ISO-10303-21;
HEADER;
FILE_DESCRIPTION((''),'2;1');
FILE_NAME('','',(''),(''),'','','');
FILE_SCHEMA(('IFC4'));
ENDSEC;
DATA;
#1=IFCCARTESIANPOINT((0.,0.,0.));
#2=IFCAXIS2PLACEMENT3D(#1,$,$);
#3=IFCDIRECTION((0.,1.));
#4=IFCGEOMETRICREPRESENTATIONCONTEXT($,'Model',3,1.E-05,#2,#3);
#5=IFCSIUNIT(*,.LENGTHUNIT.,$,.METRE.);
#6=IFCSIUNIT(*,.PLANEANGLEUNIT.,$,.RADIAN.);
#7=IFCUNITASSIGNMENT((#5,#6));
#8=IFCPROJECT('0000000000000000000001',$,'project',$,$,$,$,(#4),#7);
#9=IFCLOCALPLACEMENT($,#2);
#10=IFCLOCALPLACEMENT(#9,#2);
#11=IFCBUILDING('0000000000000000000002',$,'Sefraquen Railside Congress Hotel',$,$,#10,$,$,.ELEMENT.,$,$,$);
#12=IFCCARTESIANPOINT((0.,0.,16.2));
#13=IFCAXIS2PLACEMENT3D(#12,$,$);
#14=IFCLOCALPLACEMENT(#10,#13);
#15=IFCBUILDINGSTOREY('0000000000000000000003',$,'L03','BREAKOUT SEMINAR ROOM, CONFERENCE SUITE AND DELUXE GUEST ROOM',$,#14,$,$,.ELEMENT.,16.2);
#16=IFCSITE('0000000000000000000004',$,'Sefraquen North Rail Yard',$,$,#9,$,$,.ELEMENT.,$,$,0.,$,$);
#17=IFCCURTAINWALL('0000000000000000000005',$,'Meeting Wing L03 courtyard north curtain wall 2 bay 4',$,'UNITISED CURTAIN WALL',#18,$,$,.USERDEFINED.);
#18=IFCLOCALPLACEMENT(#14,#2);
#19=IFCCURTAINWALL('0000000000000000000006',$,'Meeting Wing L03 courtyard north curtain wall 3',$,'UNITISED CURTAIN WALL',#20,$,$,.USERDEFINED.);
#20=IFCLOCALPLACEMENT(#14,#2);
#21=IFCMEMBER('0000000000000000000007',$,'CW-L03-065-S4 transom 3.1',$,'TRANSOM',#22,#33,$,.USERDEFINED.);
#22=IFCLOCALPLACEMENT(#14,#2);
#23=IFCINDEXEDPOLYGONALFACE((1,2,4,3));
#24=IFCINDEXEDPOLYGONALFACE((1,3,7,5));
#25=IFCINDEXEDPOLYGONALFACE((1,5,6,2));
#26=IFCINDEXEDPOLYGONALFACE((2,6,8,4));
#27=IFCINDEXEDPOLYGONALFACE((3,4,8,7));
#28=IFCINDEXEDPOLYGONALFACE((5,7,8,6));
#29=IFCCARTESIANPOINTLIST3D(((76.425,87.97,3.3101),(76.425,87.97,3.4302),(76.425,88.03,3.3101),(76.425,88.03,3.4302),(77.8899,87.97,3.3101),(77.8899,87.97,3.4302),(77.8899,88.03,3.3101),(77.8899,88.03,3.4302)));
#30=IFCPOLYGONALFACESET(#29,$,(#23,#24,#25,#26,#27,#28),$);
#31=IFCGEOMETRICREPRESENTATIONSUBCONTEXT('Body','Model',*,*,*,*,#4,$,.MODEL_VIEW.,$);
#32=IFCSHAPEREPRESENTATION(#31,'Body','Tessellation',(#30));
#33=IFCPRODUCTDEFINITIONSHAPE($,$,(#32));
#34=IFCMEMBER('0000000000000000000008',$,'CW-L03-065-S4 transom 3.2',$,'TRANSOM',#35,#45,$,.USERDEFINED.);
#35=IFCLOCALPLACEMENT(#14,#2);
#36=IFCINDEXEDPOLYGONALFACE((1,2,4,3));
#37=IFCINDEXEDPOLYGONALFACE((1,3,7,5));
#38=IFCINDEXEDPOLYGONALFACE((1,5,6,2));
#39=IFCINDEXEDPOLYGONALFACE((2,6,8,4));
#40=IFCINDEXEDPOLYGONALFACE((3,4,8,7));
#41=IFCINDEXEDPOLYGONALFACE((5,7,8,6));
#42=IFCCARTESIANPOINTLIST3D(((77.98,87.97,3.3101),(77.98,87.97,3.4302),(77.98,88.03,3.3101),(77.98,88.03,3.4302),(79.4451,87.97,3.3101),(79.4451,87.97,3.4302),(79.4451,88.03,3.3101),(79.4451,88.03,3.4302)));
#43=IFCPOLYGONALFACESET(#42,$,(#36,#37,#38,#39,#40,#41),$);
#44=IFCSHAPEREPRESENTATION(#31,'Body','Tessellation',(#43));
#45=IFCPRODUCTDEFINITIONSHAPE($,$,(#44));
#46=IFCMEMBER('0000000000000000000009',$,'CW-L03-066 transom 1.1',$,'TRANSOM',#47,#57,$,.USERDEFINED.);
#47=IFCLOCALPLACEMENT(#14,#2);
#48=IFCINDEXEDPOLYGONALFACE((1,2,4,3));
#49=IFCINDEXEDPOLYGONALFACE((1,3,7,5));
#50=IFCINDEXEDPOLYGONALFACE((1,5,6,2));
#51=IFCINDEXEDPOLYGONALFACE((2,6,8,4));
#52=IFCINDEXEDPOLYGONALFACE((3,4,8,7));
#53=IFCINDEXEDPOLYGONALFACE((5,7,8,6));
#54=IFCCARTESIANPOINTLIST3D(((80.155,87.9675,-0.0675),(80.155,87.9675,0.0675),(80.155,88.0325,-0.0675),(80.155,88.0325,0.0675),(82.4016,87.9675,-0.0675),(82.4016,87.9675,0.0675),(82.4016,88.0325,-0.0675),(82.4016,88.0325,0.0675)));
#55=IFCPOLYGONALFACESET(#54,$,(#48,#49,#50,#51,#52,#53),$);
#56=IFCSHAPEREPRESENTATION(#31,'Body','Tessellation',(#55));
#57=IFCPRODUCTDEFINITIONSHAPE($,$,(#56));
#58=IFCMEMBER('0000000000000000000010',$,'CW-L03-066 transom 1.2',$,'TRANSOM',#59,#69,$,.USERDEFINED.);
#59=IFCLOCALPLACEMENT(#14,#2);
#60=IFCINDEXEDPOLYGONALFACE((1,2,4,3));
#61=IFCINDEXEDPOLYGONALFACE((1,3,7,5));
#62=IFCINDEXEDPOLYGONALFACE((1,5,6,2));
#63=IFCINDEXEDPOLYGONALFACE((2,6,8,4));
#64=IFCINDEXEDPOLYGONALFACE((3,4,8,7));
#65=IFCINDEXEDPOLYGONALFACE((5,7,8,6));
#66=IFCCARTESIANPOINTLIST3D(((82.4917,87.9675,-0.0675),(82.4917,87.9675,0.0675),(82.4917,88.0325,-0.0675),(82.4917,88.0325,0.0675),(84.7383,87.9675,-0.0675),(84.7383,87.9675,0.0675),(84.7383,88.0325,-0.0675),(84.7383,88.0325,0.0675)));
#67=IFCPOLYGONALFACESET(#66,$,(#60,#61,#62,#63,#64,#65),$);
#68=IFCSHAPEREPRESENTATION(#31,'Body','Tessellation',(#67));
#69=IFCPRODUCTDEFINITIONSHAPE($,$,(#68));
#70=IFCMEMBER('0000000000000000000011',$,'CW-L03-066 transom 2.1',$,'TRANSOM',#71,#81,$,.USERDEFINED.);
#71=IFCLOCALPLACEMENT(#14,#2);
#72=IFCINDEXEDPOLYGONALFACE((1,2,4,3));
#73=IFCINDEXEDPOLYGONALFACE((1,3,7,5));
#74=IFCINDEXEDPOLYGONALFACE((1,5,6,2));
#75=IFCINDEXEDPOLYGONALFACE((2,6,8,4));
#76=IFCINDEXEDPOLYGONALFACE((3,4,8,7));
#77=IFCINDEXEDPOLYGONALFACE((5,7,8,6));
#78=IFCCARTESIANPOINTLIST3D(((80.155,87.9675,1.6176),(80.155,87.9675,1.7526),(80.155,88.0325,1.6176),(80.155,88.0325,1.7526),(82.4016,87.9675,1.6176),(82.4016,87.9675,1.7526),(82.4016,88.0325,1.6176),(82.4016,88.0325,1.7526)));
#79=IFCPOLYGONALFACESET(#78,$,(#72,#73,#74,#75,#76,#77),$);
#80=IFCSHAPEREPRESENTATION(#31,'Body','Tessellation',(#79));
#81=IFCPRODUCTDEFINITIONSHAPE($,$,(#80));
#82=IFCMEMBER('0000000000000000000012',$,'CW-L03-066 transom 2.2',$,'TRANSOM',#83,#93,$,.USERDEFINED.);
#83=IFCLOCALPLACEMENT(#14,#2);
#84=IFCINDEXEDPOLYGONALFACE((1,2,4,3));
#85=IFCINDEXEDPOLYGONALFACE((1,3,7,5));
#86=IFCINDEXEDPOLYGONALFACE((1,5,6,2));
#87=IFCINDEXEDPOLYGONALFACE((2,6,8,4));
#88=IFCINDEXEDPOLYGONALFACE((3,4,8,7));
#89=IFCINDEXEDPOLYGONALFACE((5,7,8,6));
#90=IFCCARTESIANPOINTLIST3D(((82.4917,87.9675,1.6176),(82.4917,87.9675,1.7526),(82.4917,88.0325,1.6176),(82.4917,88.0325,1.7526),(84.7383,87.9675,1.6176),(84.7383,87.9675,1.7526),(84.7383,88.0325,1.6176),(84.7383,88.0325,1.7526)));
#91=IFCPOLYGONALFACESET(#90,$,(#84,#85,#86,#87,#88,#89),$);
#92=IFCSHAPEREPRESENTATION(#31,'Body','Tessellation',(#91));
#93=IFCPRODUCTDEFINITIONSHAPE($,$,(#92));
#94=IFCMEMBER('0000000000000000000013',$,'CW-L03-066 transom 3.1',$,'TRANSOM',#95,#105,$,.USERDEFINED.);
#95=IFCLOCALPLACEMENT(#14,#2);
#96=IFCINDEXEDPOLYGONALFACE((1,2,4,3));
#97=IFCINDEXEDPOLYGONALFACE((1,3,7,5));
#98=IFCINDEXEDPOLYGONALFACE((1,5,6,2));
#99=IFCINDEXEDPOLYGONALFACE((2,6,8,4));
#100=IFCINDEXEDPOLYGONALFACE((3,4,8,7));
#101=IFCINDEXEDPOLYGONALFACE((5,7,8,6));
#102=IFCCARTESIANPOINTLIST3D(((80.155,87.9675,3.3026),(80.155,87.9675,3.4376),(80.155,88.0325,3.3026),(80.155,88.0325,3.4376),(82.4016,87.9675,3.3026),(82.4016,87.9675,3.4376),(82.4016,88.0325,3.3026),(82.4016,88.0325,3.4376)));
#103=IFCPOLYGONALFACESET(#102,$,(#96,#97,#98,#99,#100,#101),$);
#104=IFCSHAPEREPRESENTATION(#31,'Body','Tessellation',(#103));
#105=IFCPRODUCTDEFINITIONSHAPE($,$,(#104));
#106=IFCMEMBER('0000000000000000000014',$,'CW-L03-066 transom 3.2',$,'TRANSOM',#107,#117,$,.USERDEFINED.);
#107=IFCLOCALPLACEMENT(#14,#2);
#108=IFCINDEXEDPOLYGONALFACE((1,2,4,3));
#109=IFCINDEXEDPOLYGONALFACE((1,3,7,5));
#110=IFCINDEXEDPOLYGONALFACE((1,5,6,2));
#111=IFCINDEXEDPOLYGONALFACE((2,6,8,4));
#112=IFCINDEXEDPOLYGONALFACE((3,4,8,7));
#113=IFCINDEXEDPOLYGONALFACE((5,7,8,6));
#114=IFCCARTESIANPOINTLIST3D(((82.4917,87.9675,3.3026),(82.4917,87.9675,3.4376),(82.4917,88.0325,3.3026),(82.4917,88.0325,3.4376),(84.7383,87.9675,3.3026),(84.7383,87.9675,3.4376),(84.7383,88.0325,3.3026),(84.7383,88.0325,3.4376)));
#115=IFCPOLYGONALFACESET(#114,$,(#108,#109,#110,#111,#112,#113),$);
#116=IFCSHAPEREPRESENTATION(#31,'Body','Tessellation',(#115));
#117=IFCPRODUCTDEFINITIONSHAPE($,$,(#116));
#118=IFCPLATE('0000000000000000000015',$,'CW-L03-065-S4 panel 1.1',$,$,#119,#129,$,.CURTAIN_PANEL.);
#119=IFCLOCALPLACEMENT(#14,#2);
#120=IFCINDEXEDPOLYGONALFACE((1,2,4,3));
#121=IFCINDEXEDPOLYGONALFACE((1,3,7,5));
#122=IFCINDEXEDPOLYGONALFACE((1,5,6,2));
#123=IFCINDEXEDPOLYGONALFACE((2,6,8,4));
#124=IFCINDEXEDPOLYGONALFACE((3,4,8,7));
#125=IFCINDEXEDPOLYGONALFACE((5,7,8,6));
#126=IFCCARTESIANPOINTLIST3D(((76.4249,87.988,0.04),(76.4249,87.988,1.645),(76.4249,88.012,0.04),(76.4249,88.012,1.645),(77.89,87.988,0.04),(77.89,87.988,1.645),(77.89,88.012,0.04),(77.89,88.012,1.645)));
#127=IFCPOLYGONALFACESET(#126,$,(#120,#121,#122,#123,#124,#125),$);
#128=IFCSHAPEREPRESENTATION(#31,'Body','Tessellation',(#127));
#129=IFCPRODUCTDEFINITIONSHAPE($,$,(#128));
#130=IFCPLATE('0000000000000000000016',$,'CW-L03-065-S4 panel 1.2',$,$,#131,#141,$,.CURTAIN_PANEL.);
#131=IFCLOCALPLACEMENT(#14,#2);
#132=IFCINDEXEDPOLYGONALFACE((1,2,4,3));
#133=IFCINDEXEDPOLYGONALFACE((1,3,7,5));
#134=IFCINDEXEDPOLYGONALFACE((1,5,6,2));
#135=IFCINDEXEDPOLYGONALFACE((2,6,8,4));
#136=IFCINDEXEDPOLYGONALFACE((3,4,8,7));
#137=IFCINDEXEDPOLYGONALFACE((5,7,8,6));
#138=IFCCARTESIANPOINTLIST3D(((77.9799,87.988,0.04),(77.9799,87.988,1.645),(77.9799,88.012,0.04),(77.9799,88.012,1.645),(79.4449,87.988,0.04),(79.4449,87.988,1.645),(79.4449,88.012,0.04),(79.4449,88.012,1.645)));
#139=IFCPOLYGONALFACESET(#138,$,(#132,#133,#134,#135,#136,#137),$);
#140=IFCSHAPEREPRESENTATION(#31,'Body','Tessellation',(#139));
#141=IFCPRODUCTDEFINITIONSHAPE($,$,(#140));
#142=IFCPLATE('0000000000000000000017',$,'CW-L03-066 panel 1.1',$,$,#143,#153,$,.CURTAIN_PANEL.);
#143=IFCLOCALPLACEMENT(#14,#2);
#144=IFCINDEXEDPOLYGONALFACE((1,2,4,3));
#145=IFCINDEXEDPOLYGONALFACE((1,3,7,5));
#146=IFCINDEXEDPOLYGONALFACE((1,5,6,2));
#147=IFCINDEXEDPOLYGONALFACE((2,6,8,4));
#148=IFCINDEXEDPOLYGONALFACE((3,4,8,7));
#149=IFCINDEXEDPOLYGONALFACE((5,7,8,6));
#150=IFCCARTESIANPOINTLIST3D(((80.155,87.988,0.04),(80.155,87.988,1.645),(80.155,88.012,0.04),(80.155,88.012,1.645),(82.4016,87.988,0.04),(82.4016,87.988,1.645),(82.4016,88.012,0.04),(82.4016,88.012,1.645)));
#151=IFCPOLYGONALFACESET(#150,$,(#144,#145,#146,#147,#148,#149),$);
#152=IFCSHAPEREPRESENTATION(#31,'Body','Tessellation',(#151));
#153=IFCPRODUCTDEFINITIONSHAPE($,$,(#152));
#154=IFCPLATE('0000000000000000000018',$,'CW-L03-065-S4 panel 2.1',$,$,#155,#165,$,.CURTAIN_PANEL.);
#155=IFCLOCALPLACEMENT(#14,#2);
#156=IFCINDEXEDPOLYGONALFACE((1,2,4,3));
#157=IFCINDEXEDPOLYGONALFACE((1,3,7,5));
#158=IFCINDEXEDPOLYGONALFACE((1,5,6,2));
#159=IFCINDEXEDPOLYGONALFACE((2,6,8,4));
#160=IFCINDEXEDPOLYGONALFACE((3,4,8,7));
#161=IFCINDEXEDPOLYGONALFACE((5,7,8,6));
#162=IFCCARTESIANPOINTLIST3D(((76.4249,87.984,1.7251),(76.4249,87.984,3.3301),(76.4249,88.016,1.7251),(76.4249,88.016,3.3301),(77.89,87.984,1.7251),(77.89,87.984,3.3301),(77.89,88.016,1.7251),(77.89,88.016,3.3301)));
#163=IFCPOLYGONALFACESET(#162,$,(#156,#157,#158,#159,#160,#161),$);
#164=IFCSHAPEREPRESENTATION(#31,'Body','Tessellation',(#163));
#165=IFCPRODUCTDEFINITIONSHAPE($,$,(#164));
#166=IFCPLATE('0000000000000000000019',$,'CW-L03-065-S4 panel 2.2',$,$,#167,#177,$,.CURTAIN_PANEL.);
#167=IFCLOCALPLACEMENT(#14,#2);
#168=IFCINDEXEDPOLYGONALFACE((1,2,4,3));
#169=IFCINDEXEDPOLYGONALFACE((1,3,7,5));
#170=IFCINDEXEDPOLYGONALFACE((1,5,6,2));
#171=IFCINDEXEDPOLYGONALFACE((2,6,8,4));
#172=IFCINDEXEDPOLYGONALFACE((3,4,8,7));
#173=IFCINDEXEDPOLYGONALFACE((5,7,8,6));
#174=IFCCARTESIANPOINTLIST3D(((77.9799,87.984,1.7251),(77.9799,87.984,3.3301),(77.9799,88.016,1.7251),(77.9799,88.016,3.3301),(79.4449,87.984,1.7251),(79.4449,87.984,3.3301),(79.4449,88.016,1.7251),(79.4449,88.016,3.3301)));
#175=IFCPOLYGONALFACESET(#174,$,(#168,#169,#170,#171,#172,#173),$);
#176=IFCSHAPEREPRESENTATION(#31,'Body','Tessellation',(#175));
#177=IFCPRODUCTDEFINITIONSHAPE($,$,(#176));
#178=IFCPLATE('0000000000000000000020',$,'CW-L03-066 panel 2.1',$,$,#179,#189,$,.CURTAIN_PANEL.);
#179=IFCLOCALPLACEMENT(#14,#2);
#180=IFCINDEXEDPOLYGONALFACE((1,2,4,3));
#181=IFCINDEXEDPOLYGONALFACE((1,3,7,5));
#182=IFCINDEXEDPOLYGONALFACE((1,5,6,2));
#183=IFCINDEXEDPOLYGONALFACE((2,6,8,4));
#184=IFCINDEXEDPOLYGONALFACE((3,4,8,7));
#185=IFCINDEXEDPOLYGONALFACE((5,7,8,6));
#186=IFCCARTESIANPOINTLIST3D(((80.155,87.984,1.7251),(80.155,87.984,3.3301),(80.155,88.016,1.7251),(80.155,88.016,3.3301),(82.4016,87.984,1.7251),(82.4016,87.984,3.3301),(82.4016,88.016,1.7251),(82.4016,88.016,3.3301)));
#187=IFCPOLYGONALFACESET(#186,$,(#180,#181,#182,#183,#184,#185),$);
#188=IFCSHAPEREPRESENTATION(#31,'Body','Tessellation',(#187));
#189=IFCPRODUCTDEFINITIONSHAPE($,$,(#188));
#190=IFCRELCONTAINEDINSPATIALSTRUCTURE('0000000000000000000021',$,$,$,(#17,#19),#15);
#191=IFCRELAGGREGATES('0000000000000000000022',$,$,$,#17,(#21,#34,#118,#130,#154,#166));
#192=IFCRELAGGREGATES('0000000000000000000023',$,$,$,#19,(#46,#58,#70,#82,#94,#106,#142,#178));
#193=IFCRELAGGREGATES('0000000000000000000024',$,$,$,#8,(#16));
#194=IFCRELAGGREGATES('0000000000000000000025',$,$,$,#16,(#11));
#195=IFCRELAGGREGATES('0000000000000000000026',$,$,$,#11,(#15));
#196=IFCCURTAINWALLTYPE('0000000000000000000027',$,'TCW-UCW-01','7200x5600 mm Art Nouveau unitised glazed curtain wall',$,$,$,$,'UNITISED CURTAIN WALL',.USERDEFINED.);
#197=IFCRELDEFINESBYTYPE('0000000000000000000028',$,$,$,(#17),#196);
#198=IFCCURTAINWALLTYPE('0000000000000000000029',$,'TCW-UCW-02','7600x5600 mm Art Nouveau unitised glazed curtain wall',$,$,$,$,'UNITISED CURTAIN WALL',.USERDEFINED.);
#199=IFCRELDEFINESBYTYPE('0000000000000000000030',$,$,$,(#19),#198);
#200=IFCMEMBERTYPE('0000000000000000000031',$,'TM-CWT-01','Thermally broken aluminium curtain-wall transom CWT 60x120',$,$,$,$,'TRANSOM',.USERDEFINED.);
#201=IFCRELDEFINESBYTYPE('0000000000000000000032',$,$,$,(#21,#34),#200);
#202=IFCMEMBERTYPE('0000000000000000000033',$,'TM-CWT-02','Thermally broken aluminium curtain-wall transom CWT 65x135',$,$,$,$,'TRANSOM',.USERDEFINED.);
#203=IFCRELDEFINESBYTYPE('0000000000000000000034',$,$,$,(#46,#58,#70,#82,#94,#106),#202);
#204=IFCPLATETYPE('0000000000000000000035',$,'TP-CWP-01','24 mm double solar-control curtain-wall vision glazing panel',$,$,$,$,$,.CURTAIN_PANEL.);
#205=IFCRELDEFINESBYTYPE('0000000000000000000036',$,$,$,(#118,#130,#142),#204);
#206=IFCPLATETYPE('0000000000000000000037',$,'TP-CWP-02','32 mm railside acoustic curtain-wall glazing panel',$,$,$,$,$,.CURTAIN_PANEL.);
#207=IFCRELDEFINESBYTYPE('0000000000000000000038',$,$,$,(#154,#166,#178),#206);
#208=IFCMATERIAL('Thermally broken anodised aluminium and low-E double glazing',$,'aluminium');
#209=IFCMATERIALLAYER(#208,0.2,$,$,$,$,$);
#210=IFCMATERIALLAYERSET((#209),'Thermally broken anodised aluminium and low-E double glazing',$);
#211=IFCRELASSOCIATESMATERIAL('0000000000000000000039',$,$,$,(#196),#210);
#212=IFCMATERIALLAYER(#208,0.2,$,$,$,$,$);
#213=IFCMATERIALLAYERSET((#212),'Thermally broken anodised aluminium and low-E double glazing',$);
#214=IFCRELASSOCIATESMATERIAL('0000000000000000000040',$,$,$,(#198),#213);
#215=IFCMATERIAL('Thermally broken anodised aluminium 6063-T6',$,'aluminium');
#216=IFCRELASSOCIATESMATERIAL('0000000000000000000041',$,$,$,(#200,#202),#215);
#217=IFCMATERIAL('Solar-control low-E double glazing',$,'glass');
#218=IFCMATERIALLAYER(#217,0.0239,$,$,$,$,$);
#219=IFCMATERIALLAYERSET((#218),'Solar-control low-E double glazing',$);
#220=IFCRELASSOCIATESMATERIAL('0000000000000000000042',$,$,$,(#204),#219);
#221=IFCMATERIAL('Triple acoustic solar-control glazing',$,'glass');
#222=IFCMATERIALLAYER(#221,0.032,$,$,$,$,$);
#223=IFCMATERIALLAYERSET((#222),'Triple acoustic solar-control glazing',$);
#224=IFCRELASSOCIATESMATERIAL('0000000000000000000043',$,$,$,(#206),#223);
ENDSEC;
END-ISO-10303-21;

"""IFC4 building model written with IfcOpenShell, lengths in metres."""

from ifc_helpers import new_model, si_unit, direction, frame, origin, origin_2d, place, context, subcontext, project, spatial, rectangle, extrude, material, layer, layer_set, material_profile, profile_set, type_object, element, aggregate, save


model = new_model("IFC4")

# Units and contexts
model_context = context("Model", 3, precision=1e-05, world=origin(), true_north=direction((0.0, 1.0)))
body_context = subcontext(model_context, "Body", "Model", "MODEL_VIEW")
ifc_project = project(units=[si_unit("LENGTHUNIT", "METRE"), si_unit("PLANEANGLEUNIT", "RADIAN")], contexts=[model_context])

# Site, building, storey
site_placement = place(None, origin())
site = spatial("IfcSite", under=ifc_project, at=site_placement, Name="Sefraquen North Rail Yard", CompositionType="ELEMENT", RefElevation=0.0)
building_placement = place(site_placement, origin())
building = spatial("IfcBuilding", under=site, at=building_placement, Name="Sefraquen Railside Congress Hotel", CompositionType="ELEMENT")
storey_placement = place(building_placement, frame((0.0, 0.0, 16.2)))
storey = spatial("IfcBuildingStorey", under=building, at=storey_placement, Name="L03", Description="BREAKOUT SEMINAR ROOM, CONFERENCE SUITE AND DELUXE GUEST ROOM", CompositionType="ELEMENT", Elevation=16.2)

# Curtain walls
ifc_material_1 = material(Name="Thermally broken anodised aluminium and low-E double glazing", Category="aluminium")
ifc_layer_1 = layer(ifc_material_1, 0.2)
ifc_layer_set_1 = layer_set([ifc_layer_1], Name="Thermally broken anodised aluminium and low-E double glazing")
curtain_wall_type_1 = type_object("IfcCurtainWallType", Name="TCW-UCW-01", Description="7200x5600 mm Art Nouveau unitised glazed curtain wall", ElementType="UNITISED CURTAIN WALL", PredefinedType="USERDEFINED", material=ifc_layer_set_1)
curtain_wall_1_placement = place(storey_placement, origin())
curtain_wall_1 = element("IfcCurtainWall", 1, at=curtain_wall_1_placement, inside=storey, type_object=curtain_wall_type_1, Name="Meeting Wing L03 courtyard north curtain wall 2 bay 4", ObjectType="UNITISED CURTAIN WALL", PredefinedType="USERDEFINED")
ifc_material_2 = material(Name="Thermally broken anodised aluminium 6063-T6", Category="aluminium")
ifc_layer_2 = layer(ifc_material_1, 0.2)
ifc_layer_set_2 = layer_set([ifc_layer_2], Name="Thermally broken anodised aluminium and low-E double glazing")
curtain_wall_type_2 = type_object("IfcCurtainWallType", Name="TCW-UCW-02", Description="7600x5600 mm Art Nouveau unitised glazed curtain wall", ElementType="UNITISED CURTAIN WALL", PredefinedType="USERDEFINED", material=ifc_layer_set_2)
curtain_wall_2_placement = place(storey_placement, origin())
curtain_wall_2 = element("IfcCurtainWall", 2, at=curtain_wall_2_placement, inside=storey, type_object=curtain_wall_type_2, Name="Meeting Wing L03 courtyard north curtain wall 3", ObjectType="UNITISED CURTAIN WALL", PredefinedType="USERDEFINED")

# Members
ifc_material_profile_1 = material_profile(ifc_material_2, rectangle(XDim=0.0601, YDim=0.1201, at=origin_2d()), Name="CWT 60x120")
ifc_profile_set_1 = profile_set([ifc_material_profile_1], Name="Thermally broken anodised aluminium 6063-T6")
member_type_1 = type_object("IfcMemberType", Name="TM-CWT-01", Description="Thermally broken aluminium curtain-wall transom CWT 60x120", ElementType="TRANSOM", PredefinedType="USERDEFINED", material=ifc_profile_set_1)
member_1_placement = place(storey_placement, frame((76.425, 88.0, 3.3701), z_axis=(1.0, 0.0, 0.0), x_axis=(0.0, 1.0, 0.0)))
member_1 = element("IfcMember", 3, at=member_1_placement, type_object=member_type_1, Name="CW-L03-065-S4 transom 3.1", ObjectType="TRANSOM", PredefinedType="USERDEFINED", context=body_context, shape_type="SweptSolid", body=[
    extrude(rectangle(XDim=0.0601, YDim=0.1201, at=origin_2d()), origin(), (0.0, 0.0, 1.0), 1.4648),
])
member_2_placement = place(storey_placement, frame((77.98, 88.0, 3.3701), z_axis=(1.0, 0.0, 0.0), x_axis=(0.0, 1.0, 0.0)))
member_2 = element("IfcMember", 4, at=member_2_placement, type_object=member_type_1, Name="CW-L03-065-S4 transom 3.2", ObjectType="TRANSOM", PredefinedType="USERDEFINED", context=body_context, shape_type="SweptSolid", body=[
    extrude(rectangle(XDim=0.0601, YDim=0.1201, at=origin_2d()), origin(), (0.0, 0.0, 1.0), 1.4651),
])
ifc_material_profile_2 = material_profile(ifc_material_2, rectangle(XDim=0.0649, YDim=0.135, at=origin_2d()), Name="CWT 65x135")
ifc_profile_set_2 = profile_set([ifc_material_profile_2], Name="Thermally broken anodised aluminium 6063-T6")
member_type_2 = type_object("IfcMemberType", Name="TM-CWT-02", Description="Thermally broken aluminium curtain-wall transom CWT 65x135", ElementType="TRANSOM", PredefinedType="USERDEFINED", material=ifc_profile_set_2)
member_3_placement = place(storey_placement, frame((80.155, 88.0, 0.0), z_axis=(1.0, 0.0, 0.0), x_axis=(0.0, 1.0, 0.0)))
member_3 = element("IfcMember", 5, at=member_3_placement, type_object=member_type_2, Name="CW-L03-066 transom 1.1", ObjectType="TRANSOM", PredefinedType="USERDEFINED", context=body_context, shape_type="SweptSolid", body=[
    extrude(rectangle(XDim=0.0649, YDim=0.135, at=origin_2d()), origin(), (0.0, 0.0, 1.0), 2.2466),
])
member_4_placement = place(storey_placement, frame((82.4917, 88.0, 0.0), z_axis=(1.0, 0.0, 0.0), x_axis=(0.0, 1.0, 0.0)))
member_4 = element("IfcMember", 6, at=member_4_placement, type_object=member_type_2, Name="CW-L03-066 transom 1.2", ObjectType="TRANSOM", PredefinedType="USERDEFINED", context=body_context, shape_type="SweptSolid", body=[
    extrude(rectangle(XDim=0.0649, YDim=0.135, at=origin_2d()), origin(), (0.0, 0.0, 1.0), 2.2466),
])
member_5_placement = place(storey_placement, frame((80.155, 88.0, 1.6851), z_axis=(1.0, 0.0, 0.0), x_axis=(0.0, 1.0, 0.0)))
member_5 = element("IfcMember", 7, at=member_5_placement, type_object=member_type_2, Name="CW-L03-066 transom 2.1", ObjectType="TRANSOM", PredefinedType="USERDEFINED", context=body_context, shape_type="SweptSolid", body=[
    extrude(rectangle(XDim=0.0649, YDim=0.135, at=origin_2d()), origin(), (0.0, 0.0, 1.0), 2.2466),
])
member_6_placement = place(storey_placement, frame((82.4917, 88.0, 1.6851), z_axis=(1.0, 0.0, 0.0), x_axis=(0.0, 1.0, 0.0)))
member_6 = element("IfcMember", 8, at=member_6_placement, type_object=member_type_2, Name="CW-L03-066 transom 2.2", ObjectType="TRANSOM", PredefinedType="USERDEFINED", context=body_context, shape_type="SweptSolid", body=[
    extrude(rectangle(XDim=0.0649, YDim=0.135, at=origin_2d()), origin(), (0.0, 0.0, 1.0), 2.2466),
])
member_7_placement = place(storey_placement, frame((80.155, 88.0, 3.3701), z_axis=(1.0, 0.0, 0.0), x_axis=(0.0, 1.0, 0.0)))
member_7 = element("IfcMember", 9, at=member_7_placement, type_object=member_type_2, Name="CW-L03-066 transom 3.1", ObjectType="TRANSOM", PredefinedType="USERDEFINED", context=body_context, shape_type="SweptSolid", body=[
    extrude(rectangle(XDim=0.0649, YDim=0.135, at=origin_2d()), origin(), (0.0, 0.0, 1.0), 2.2466),
])
member_8_placement = place(storey_placement, frame((82.4917, 88.0, 3.3701), z_axis=(1.0, 0.0, 0.0), x_axis=(0.0, 1.0, 0.0)))
member_8 = element("IfcMember", 10, at=member_8_placement, type_object=member_type_2, Name="CW-L03-066 transom 3.2", ObjectType="TRANSOM", PredefinedType="USERDEFINED", context=body_context, shape_type="SweptSolid", body=[
    extrude(rectangle(XDim=0.0649, YDim=0.135, at=origin_2d()), origin(), (0.0, 0.0, 1.0), 2.2466),
])

# Plates
ifc_material_3 = material(Name="Solar-control low-E double glazing", Category="glass")
ifc_layer_3 = layer(ifc_material_3, 0.0239)
ifc_layer_set_3 = layer_set([ifc_layer_3], Name="Solar-control low-E double glazing")
plate_type_1 = type_object("IfcPlateType", Name="TP-CWP-01", Description="24 mm double solar-control curtain-wall vision glazing panel", PredefinedType="CURTAIN_PANEL", material=ifc_layer_set_3)
plate_1_placement = place(storey_placement, frame((77.1575, 88.0, 0.04), z_axis=(0.0, 0.0, 1.0), x_axis=(1.0, 0.0, 0.0)))
plate_1 = element("IfcPlate", 11, at=plate_1_placement, type_object=plate_type_1, Name="CW-L03-065-S4 panel 1.1", PredefinedType="CURTAIN_PANEL", context=body_context, shape_type="SweptSolid", body=[
    extrude(rectangle(XDim=1.4651, YDim=0.0239, at=origin_2d()), origin(), (0.0, 0.0, 1.0), 1.605),
])
plate_2_placement = place(storey_placement, frame((78.7124, 88.0, 0.04), z_axis=(0.0, 0.0, 1.0), x_axis=(1.0, 0.0, 0.0)))
plate_2 = element("IfcPlate", 12, at=plate_2_placement, type_object=plate_type_1, Name="CW-L03-065-S4 panel 1.2", PredefinedType="CURTAIN_PANEL", context=body_context, shape_type="SweptSolid", body=[
    extrude(rectangle(XDim=1.4651, YDim=0.0239, at=origin_2d()), origin(), (0.0, 0.0, 1.0), 1.605),
])
plate_3_placement = place(storey_placement, frame((81.2783, 88.0, 0.04), z_axis=(0.0, 0.0, 1.0), x_axis=(1.0, 0.0, 0.0)))
plate_3 = element("IfcPlate", 13, at=plate_3_placement, type_object=plate_type_1, Name="CW-L03-066 panel 1.1", PredefinedType="CURTAIN_PANEL", context=body_context, shape_type="SweptSolid", body=[
    extrude(rectangle(XDim=2.2466, YDim=0.0239, at=origin_2d()), origin(), (0.0, 0.0, 1.0), 1.605),
])
ifc_material_4 = material(Name="Triple acoustic solar-control glazing", Category="glass")
ifc_layer_4 = layer(ifc_material_4, 0.032)
ifc_layer_set_4 = layer_set([ifc_layer_4], Name="Triple acoustic solar-control glazing")
plate_type_2 = type_object("IfcPlateType", Name="TP-CWP-02", Description="32 mm railside acoustic curtain-wall glazing panel", PredefinedType="CURTAIN_PANEL", material=ifc_layer_set_4)
plate_4_placement = place(storey_placement, frame((77.1575, 88.0, 1.7251), z_axis=(0.0, 0.0, 1.0), x_axis=(1.0, 0.0, 0.0)))
plate_4 = element("IfcPlate", 14, at=plate_4_placement, type_object=plate_type_2, Name="CW-L03-065-S4 panel 2.1", PredefinedType="CURTAIN_PANEL", context=body_context, shape_type="SweptSolid", body=[
    extrude(rectangle(XDim=1.4651, YDim=0.032, at=origin_2d()), origin(), (0.0, 0.0, 1.0), 1.605),
])
plate_5_placement = place(storey_placement, frame((78.7124, 88.0, 1.7251), z_axis=(0.0, 0.0, 1.0), x_axis=(1.0, 0.0, 0.0)))
plate_5 = element("IfcPlate", 15, at=plate_5_placement, type_object=plate_type_2, Name="CW-L03-065-S4 panel 2.2", PredefinedType="CURTAIN_PANEL", context=body_context, shape_type="SweptSolid", body=[
    extrude(rectangle(XDim=1.4651, YDim=0.032, at=origin_2d()), origin(), (0.0, 0.0, 1.0), 1.605),
])
aggregate(curtain_wall_1, [member_1, member_2, plate_1, plate_2, plate_4, plate_5])
plate_6_placement = place(storey_placement, frame((81.2783, 88.0, 1.7251), z_axis=(0.0, 0.0, 1.0), x_axis=(1.0, 0.0, 0.0)))
plate_6 = element("IfcPlate", 16, at=plate_6_placement, type_object=plate_type_2, Name="CW-L03-066 panel 2.1", PredefinedType="CURTAIN_PANEL", context=body_context, shape_type="SweptSolid", body=[
    extrude(rectangle(XDim=2.2466, YDim=0.032, at=origin_2d()), origin(), (0.0, 0.0, 1.0), 1.605),
])
aggregate(curtain_wall_2, [member_3, member_4, member_5, member_6, member_7, member_8, plate_3, plate_6])

save(model, "model.ifc")
